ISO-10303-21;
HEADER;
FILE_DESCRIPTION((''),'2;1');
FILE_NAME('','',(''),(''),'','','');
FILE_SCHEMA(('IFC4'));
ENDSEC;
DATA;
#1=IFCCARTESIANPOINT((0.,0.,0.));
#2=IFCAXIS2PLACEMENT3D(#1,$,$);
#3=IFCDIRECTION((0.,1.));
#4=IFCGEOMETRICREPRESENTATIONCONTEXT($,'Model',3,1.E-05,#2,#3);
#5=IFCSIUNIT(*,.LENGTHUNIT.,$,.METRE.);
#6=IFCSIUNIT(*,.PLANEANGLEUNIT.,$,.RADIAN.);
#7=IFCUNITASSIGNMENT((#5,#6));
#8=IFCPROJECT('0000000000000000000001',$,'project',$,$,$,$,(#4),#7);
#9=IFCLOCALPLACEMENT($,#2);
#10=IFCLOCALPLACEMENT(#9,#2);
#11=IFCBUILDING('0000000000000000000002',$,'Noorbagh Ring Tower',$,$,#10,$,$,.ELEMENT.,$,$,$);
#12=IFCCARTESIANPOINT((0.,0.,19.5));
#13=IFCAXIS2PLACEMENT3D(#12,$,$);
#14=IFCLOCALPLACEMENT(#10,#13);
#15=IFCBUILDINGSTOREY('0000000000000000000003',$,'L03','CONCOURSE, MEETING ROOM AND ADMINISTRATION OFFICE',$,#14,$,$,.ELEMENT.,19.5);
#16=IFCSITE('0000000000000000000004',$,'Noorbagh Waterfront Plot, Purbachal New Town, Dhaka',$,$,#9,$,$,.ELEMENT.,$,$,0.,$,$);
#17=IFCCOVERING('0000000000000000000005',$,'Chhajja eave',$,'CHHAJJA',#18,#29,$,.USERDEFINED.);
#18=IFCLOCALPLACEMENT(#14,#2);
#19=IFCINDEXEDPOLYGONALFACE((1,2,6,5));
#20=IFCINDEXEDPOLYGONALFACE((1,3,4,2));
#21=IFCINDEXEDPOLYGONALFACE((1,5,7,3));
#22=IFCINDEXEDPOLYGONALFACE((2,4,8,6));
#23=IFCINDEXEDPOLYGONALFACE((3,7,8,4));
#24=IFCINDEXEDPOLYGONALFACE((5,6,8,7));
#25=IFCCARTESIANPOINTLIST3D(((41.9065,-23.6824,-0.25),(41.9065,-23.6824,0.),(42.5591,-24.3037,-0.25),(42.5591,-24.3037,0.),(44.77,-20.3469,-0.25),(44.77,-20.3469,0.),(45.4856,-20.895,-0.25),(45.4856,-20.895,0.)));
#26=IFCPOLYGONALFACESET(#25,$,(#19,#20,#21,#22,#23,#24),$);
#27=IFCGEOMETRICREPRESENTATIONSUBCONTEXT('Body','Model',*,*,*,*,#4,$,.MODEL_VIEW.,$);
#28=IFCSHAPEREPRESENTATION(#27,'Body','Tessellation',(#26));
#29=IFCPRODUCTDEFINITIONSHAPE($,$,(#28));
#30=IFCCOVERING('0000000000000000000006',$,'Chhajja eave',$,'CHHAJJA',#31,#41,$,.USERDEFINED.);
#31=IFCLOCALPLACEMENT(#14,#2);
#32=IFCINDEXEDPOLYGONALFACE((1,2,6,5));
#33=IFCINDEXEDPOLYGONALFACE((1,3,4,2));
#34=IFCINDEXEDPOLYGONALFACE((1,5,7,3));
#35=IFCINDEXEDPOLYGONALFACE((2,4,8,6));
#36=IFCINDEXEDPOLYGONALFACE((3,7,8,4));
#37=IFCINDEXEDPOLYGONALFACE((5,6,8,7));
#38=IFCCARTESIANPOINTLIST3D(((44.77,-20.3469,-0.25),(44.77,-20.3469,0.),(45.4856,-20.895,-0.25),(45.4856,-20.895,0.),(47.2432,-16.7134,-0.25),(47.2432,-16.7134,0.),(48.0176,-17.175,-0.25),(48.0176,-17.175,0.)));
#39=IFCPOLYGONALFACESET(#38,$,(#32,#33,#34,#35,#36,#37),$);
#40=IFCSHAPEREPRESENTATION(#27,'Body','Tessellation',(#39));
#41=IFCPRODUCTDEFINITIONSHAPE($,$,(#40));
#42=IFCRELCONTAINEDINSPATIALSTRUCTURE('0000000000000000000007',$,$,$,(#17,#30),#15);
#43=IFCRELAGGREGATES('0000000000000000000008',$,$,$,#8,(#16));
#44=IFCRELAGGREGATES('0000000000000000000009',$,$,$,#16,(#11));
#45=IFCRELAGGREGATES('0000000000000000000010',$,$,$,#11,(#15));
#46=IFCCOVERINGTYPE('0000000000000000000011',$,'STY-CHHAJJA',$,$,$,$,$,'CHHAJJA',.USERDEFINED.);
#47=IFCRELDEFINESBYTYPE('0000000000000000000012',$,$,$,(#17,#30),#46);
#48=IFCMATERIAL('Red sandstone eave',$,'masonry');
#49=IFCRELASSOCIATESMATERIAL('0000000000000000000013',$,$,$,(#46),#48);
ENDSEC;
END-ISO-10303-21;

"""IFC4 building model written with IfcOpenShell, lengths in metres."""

from ifc_helpers import new_model, si_unit, direction, frame, origin, place, context, subcontext, project, spatial, polyline, outline, extrude, material, type_object, element, save


model = new_model("IFC4")

# Units and contexts
model_context = context("Model", 3, precision=1e-05, world=origin(), true_north=direction((0.0, 1.0)))
body_context = subcontext(model_context, "Body", "Model", "MODEL_VIEW")
ifc_project = project(units=[si_unit("LENGTHUNIT", "METRE"), si_unit("PLANEANGLEUNIT", "RADIAN")], contexts=[model_context])

# Site, building, storey
site_placement = place(None, origin())
site = spatial("IfcSite", under=ifc_project, at=site_placement, Name="Noorbagh Waterfront Plot, Purbachal New Town, Dhaka", CompositionType="ELEMENT", RefElevation=0.0)
building_placement = place(site_placement, origin())
building = spatial("IfcBuilding", under=site, at=building_placement, Name="Noorbagh Ring Tower", CompositionType="ELEMENT")
storey_placement = place(building_placement, frame((0.0, 0.0, 19.5)))
storey = spatial("IfcBuildingStorey", under=building, at=storey_placement, Name="L03", Description="CONCOURSE, MEETING ROOM AND ADMINISTRATION OFFICE", CompositionType="ELEMENT", Elevation=19.5)

# Coverings
ifc_material_1 = material(Name="Red sandstone eave", Category="masonry")
covering_type = type_object("IfcCoveringType", Name="STY-CHHAJJA", ElementType="CHHAJJA", PredefinedType="USERDEFINED", material=ifc_material_1)
covering_1_placement = place(storey_placement, frame((0.0, 0.0, -0.25)))
element("IfcCovering", 1, at=covering_1_placement, inside=storey, type_object=covering_type, Name="Chhajja eave", ObjectType="CHHAJJA", PredefinedType="USERDEFINED", context=body_context, shape_type="SweptSolid", body=[
    extrude(outline(polyline([(41.9065, -23.6824), (44.77, -20.3469), (45.4856, -20.895), (42.5591, -24.3037), (41.9065, -23.6824)])), origin(), (0.0, 0.0, 1.0), 0.25),
])
covering_2_placement = place(storey_placement, frame((0.0, 0.0, -0.25)))
element("IfcCovering", 2, at=covering_2_placement, inside=storey, type_object=covering_type, Name="Chhajja eave", ObjectType="CHHAJJA", PredefinedType="USERDEFINED", context=body_context, shape_type="SweptSolid", body=[
    extrude(outline(polyline([(44.77, -20.3469), (47.2432, -16.7134), (48.0176, -17.175), (45.4856, -20.895), (44.77, -20.3469)])), origin(), (0.0, 0.0, 1.0), 0.25),
])

save(model, "model.ifc")
